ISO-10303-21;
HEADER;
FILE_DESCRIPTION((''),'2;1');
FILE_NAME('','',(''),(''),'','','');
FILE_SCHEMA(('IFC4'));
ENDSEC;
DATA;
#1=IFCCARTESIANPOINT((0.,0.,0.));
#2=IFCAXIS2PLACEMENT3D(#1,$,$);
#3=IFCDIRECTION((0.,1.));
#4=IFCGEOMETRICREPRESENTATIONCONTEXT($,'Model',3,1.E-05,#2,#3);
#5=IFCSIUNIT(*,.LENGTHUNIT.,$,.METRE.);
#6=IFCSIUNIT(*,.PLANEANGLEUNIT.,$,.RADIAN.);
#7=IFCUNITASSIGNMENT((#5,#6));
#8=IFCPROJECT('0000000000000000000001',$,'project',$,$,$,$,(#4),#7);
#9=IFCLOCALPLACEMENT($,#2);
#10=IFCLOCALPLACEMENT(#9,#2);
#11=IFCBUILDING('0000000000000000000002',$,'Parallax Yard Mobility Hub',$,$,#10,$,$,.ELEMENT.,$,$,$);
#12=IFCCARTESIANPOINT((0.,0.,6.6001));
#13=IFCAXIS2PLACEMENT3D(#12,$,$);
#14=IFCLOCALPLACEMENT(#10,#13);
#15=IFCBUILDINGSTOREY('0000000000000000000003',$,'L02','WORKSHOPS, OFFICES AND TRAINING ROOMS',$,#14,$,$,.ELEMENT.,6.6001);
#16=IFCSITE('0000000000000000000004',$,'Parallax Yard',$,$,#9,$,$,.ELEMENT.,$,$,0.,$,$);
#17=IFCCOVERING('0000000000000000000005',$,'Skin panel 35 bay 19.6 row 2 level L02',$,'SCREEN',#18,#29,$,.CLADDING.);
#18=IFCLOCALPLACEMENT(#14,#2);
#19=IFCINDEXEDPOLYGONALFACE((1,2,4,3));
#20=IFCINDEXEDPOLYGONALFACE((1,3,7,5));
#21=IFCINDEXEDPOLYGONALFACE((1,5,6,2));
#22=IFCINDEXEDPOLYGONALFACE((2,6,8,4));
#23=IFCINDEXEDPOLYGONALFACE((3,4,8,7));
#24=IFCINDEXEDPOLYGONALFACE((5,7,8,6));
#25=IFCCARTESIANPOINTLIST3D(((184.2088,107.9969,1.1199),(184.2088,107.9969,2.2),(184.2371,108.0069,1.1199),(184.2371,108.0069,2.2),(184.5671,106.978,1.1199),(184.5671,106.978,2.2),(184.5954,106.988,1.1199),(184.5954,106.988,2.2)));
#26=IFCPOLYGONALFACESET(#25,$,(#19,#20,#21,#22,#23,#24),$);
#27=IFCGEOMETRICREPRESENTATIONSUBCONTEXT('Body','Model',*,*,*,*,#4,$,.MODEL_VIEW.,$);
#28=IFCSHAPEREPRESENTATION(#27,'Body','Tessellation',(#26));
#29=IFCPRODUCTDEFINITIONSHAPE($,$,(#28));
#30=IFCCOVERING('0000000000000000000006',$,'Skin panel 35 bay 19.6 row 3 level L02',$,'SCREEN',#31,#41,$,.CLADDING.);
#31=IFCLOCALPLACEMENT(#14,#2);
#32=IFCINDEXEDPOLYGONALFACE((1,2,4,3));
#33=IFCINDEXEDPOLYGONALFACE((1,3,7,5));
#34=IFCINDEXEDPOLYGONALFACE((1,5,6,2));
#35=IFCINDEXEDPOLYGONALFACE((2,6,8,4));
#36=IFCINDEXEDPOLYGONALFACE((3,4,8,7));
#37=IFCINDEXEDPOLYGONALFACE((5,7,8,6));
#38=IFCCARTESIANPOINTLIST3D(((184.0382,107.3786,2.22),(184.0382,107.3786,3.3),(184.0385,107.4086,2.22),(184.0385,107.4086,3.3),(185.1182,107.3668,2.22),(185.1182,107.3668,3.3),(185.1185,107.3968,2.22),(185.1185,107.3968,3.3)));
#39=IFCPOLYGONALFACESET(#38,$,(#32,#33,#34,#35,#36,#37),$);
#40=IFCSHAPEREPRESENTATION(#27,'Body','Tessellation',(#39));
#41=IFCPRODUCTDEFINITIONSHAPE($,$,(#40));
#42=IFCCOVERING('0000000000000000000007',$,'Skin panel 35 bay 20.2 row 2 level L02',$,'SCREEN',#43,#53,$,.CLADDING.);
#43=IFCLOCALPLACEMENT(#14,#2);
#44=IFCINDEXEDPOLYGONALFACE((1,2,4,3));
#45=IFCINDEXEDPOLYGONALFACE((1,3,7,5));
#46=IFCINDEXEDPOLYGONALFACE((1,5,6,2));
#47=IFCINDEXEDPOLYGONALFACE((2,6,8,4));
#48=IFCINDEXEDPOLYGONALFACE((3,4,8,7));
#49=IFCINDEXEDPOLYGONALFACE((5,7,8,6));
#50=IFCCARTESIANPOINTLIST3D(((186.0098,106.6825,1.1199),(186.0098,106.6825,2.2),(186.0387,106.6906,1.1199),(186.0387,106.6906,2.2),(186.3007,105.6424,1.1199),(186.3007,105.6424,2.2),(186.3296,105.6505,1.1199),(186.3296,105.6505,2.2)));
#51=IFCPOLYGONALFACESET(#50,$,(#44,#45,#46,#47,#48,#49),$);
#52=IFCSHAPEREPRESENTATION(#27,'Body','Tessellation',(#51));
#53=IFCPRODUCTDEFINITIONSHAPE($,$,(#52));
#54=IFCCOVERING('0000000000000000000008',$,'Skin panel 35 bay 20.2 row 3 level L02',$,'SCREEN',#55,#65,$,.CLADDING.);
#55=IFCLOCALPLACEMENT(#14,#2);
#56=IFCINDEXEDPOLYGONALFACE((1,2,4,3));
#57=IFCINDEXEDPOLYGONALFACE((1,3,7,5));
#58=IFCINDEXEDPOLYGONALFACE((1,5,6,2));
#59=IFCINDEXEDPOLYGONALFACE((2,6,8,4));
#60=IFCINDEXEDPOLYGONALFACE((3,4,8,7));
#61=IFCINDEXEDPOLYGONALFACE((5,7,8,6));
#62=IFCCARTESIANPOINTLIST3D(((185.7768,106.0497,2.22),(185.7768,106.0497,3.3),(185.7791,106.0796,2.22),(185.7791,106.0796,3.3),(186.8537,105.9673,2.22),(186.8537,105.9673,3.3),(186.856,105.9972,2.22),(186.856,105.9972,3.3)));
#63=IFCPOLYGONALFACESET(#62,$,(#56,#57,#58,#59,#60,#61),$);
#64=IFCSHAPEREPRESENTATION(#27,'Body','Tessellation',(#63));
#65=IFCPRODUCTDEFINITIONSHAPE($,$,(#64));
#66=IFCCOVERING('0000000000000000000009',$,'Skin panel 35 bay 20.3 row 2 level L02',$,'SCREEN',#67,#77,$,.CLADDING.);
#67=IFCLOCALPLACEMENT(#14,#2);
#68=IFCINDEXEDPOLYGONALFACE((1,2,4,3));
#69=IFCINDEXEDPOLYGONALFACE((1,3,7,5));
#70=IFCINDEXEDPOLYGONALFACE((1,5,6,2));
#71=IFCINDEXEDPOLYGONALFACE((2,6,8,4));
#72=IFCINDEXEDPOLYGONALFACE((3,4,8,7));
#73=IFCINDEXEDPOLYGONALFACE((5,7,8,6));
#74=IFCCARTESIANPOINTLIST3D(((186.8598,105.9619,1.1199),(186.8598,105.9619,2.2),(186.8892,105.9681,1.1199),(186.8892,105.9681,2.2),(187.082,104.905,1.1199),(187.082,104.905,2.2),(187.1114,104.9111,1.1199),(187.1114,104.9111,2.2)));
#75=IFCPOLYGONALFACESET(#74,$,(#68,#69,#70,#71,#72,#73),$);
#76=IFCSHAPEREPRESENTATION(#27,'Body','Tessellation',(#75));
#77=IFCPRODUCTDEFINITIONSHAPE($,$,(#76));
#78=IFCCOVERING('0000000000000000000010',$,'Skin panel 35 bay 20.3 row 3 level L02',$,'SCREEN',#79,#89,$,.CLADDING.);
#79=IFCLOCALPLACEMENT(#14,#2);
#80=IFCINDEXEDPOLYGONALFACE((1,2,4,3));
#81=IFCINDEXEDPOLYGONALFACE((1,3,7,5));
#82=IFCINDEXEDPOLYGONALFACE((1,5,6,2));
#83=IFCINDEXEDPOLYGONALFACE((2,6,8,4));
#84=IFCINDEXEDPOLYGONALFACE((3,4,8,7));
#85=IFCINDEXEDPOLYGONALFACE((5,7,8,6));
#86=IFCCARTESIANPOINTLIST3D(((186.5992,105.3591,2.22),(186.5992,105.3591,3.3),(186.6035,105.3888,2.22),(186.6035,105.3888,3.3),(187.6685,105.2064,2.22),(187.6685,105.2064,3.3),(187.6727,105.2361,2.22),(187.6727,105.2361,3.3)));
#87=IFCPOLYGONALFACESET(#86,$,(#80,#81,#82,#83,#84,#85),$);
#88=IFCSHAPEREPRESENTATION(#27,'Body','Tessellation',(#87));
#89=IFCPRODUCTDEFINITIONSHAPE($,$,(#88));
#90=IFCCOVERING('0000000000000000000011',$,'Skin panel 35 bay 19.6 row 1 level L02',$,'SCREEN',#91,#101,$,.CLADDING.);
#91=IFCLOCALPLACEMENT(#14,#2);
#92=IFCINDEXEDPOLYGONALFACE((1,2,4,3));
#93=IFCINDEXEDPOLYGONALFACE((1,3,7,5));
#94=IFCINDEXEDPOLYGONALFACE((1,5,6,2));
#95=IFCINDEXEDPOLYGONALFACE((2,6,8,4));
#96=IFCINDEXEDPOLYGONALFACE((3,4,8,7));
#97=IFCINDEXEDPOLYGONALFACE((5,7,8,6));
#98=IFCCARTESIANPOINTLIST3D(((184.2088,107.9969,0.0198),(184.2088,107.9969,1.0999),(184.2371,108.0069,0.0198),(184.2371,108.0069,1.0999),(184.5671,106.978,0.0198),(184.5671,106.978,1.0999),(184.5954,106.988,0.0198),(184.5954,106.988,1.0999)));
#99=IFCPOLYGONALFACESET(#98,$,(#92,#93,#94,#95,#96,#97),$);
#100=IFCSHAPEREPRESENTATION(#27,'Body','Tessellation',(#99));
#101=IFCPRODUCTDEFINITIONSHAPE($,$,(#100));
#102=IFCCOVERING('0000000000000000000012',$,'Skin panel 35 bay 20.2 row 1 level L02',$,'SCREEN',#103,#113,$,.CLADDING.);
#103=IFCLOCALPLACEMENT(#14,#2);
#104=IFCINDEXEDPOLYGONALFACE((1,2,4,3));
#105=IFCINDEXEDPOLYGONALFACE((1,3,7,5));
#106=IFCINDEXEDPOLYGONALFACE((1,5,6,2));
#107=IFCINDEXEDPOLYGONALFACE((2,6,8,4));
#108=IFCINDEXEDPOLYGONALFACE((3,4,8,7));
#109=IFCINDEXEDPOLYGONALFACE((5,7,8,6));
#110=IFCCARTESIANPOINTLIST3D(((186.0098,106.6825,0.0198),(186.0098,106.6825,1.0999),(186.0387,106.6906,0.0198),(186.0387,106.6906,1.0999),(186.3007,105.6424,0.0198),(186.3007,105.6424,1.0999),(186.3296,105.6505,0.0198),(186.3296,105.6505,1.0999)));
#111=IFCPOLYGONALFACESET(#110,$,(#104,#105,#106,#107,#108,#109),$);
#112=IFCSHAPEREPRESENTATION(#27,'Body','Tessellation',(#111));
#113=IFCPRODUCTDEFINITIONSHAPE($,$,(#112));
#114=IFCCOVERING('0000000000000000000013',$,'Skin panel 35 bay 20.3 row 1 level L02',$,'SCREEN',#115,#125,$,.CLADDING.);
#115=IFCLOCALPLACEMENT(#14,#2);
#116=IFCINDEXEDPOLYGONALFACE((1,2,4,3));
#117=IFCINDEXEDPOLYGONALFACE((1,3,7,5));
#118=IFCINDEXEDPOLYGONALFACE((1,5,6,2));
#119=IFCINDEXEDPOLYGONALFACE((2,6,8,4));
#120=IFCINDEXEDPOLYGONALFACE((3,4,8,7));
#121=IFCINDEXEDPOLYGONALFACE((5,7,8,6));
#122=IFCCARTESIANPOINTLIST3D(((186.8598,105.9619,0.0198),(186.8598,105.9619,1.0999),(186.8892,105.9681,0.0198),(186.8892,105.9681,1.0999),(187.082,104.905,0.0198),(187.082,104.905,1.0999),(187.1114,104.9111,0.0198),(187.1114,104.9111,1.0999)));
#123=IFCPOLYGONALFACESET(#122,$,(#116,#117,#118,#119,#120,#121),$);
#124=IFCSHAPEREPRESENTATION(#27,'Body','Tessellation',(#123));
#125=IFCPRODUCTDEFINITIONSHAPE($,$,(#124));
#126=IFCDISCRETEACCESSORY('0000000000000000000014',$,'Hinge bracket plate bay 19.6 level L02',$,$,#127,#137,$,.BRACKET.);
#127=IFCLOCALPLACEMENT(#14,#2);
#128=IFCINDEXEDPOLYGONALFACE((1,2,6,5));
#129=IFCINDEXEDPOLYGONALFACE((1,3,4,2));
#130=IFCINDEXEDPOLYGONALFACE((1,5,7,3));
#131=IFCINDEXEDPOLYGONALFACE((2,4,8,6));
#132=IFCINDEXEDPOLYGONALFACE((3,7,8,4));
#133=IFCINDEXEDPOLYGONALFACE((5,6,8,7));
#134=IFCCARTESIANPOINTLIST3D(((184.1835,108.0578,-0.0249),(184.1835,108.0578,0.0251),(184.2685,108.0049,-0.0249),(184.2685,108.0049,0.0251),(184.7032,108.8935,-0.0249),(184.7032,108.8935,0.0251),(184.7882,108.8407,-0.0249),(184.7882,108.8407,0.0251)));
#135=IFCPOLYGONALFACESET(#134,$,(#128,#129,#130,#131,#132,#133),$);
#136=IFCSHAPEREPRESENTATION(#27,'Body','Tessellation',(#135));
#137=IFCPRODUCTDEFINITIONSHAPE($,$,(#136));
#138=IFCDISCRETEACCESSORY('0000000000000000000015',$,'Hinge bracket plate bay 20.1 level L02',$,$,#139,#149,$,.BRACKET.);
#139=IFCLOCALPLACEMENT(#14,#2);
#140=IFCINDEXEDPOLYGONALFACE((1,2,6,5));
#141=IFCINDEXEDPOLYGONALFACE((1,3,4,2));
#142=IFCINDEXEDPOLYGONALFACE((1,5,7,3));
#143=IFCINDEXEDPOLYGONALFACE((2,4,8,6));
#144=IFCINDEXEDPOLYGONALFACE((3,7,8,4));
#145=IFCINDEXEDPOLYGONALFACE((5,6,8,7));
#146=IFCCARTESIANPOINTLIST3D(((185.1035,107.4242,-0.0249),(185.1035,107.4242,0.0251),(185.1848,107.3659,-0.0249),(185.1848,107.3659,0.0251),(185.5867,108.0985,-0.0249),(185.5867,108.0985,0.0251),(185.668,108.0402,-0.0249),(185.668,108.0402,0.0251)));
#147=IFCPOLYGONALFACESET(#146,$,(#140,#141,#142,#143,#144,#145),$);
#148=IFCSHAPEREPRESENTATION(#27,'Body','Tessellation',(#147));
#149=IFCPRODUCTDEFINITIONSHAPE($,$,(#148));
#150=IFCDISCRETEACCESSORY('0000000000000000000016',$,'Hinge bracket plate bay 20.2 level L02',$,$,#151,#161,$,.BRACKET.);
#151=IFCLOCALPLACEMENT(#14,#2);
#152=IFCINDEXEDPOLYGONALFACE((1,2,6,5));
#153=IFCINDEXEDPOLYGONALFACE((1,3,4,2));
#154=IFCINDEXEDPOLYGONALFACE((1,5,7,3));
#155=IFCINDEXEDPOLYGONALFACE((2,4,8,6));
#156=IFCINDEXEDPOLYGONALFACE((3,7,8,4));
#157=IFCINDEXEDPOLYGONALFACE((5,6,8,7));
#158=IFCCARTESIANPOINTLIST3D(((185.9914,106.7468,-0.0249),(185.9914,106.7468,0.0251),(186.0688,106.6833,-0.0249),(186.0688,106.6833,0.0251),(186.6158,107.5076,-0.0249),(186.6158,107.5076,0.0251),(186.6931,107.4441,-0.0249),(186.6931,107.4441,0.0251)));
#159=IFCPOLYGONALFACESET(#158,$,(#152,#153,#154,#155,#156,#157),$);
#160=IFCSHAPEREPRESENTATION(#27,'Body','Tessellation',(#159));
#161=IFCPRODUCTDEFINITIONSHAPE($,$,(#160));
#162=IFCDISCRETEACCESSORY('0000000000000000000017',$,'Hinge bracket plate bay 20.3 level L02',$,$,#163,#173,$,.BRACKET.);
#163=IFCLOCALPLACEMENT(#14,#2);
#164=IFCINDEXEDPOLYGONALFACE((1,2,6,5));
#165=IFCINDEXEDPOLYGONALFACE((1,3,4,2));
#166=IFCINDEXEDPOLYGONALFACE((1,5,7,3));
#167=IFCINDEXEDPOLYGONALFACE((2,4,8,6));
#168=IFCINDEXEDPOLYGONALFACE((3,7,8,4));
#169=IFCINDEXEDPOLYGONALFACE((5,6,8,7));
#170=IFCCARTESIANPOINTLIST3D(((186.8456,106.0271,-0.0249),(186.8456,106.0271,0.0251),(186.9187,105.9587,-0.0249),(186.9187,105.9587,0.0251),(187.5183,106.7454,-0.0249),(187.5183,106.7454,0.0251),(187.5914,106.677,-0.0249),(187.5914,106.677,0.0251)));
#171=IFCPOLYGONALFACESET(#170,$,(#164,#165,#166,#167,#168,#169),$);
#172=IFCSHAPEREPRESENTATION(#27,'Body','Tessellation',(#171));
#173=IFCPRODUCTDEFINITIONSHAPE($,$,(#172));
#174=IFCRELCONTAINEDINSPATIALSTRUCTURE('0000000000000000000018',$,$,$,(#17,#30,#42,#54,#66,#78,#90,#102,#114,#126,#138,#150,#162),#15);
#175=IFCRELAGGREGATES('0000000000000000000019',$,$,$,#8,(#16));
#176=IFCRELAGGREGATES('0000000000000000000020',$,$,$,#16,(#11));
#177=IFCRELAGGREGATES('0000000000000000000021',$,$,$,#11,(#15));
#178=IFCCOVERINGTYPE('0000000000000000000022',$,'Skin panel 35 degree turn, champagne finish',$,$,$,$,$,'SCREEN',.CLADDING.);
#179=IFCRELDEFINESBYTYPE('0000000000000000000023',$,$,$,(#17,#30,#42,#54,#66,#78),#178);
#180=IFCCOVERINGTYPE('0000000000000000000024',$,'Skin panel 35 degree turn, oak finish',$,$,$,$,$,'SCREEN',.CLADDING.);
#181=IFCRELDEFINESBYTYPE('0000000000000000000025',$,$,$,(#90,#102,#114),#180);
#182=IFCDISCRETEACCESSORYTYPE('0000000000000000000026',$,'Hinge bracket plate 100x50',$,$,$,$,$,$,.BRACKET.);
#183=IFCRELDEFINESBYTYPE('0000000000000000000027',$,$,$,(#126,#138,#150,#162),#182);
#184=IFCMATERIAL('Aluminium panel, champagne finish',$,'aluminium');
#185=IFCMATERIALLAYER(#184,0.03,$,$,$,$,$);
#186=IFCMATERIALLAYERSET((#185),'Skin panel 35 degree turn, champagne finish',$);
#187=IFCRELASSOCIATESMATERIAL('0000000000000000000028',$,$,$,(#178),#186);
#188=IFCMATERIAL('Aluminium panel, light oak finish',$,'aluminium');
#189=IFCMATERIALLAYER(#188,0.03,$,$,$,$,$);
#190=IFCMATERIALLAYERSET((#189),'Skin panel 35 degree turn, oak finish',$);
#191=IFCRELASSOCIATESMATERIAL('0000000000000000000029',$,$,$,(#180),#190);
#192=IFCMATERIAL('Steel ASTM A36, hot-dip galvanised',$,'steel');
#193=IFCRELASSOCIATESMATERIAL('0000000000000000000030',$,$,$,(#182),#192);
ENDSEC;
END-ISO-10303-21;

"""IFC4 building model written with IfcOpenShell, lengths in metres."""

from ifc_helpers import new_model, si_unit, direction, frame, origin, origin_2d, place, context, subcontext, project, spatial, rectangle, extrude, material, layer, layer_set, type_object, element, save


model = new_model("IFC4")

# Units and contexts
model_context = context("Model", 3, precision=1e-05, world=origin(), true_north=direction((0.0, 1.0)))
body_context = subcontext(model_context, "Body", "Model", "MODEL_VIEW")
ifc_project = project(units=[si_unit("LENGTHUNIT", "METRE"), si_unit("PLANEANGLEUNIT", "RADIAN")], contexts=[model_context])

# Site, building, storey
site_placement = place(None, origin())
site = spatial("IfcSite", under=ifc_project, at=site_placement, Name="Parallax Yard", CompositionType="ELEMENT", RefElevation=0.0)
building_placement = place(site_placement, origin())
building = spatial("IfcBuilding", under=site, at=building_placement, Name="Parallax Yard Mobility Hub", CompositionType="ELEMENT")
storey_placement = place(building_placement, frame((0.0, 0.0, 6.6001)))
storey = spatial("IfcBuildingStorey", under=building, at=storey_placement, Name="L02", Description="WORKSHOPS, OFFICES AND TRAINING ROOMS", CompositionType="ELEMENT", Elevation=6.6001)

# Coverings
ifc_material_1 = material(Name="Aluminium panel, champagne finish", Category="aluminium")
ifc_material_2 = material(Name="Aluminium panel, light oak finish", Category="aluminium")
ifc_layer_1 = layer(ifc_material_1, 0.03)
ifc_layer_set_1 = layer_set([ifc_layer_1], Name="Skin panel 35 degree turn, champagne finish")
covering_type_1 = type_object("IfcCoveringType", Name="Skin panel 35 degree turn, champagne finish", ElementType="SCREEN", PredefinedType="CLADDING", material=ifc_layer_set_1)
for number, where, z_axis, x_axis, name in (
    (1, (184.4021, 107.4924, 1.1199), (0.0, 0.0, 1.0), (0.33175, -0.943368, 0.0), "Skin panel 35 bay 19.6 row 2 level L02"),
    (2, (184.5784, 107.3877, 2.22), (0.0, 0.0, 1.0), (-0.999941, 0.010908, 0.0), "Skin panel 35 bay 19.6 row 3 level L02"),
    (3, (186.1697, 106.1665, 1.1199), (0.0, 0.0, 1.0), (0.26934, -0.963045, 0.0), "Skin panel 35 bay 20.2 row 2 level L02"),
    (4, (186.3164, 106.0234, 2.22), (0.0, 0.0, 1.0), (-0.997086, 0.076284, 0.0), "Skin panel 35 bay 20.2 row 3 level L02"),
    (5, (186.9856, 105.4365, 1.1199), (0.0, 0.0, 1.0), (0.205777, -0.978599, 0.0), "Skin panel 35 bay 20.3 row 2 level L02"),
    (6, (187.136, 105.2976, 2.22), (0.0, 0.0, 1.0), (-0.989962, 0.141333, 0.0), "Skin panel 35 bay 20.3 row 3 level L02"),
):
    element("IfcCovering", number, at=place(storey_placement, frame(where, z_axis=z_axis, x_axis=x_axis)), inside=storey, type_object=covering_type_1, Name=name, ObjectType="SCREEN", PredefinedType="CLADDING", context=body_context, shape_type="SweptSolid", body=[
        extrude(rectangle(XDim=1.0801, YDim=0.03, at=origin_2d()), origin(), (0.0, 0.0, 1.0), 1.0801),
    ])
ifc_layer_2 = layer(ifc_material_2, 0.03)
ifc_layer_set_2 = layer_set([ifc_layer_2], Name="Skin panel 35 degree turn, oak finish")
covering_type_2 = type_object("IfcCoveringType", Name="Skin panel 35 degree turn, oak finish", ElementType="SCREEN", PredefinedType="CLADDING", material=ifc_layer_set_2)
for number, where, z_axis, x_axis, name in (
    (7, (184.4021, 107.4924, 0.0198), (0.0, 0.0, 1.0), (0.33175, -0.943368, 0.0), "Skin panel 35 bay 19.6 row 1 level L02"),
    (8, (186.1697, 106.1665, 0.0198), (0.0, 0.0, 1.0), (0.26934, -0.963045, 0.0), "Skin panel 35 bay 20.2 row 1 level L02"),
    (9, (186.9856, 105.4365, 0.0198), (0.0, 0.0, 1.0), (0.205777, -0.978599, 0.0), "Skin panel 35 bay 20.3 row 1 level L02"),
):
    element("IfcCovering", number, at=place(storey_placement, frame(where, z_axis=z_axis, x_axis=x_axis)), inside=storey, type_object=covering_type_2, Name=name, ObjectType="SCREEN", PredefinedType="CLADDING", context=body_context, shape_type="SweptSolid", body=[
        extrude(rectangle(XDim=1.0801, YDim=0.03, at=origin_2d()), origin(), (0.0, 0.0, 1.0), 1.0801),
    ])

# Discrete accessories
ifc_material_3 = material(Name="Steel ASTM A36, hot-dip galvanised", Category="steel")
discrete_accessory_type_1 = type_object("IfcDiscreteAccessoryType", Name="Hinge bracket plate 100x50", PredefinedType="BRACKET", material=ifc_material_3)
discrete_accessory_1_placement = place(storey_placement, frame((184.4858, 108.4492, -0.0249), z_axis=(0.0, 0.0, 1.0), x_axis=(-0.528068, -0.849202, 0.0)))
element("IfcDiscreteAccessory", 10, at=discrete_accessory_1_placement, inside=storey, type_object=discrete_accessory_type_1, Name="Hinge bracket plate bay 19.6 level L02", PredefinedType="BRACKET", context=body_context, shape_type="SweptSolid", body=[
    extrude(rectangle(XDim=0.9841, YDim=0.1001, at=origin_2d()), origin(), (0.0, 0.0, 1.0), 0.05),
])
discrete_accessory_2_placement = place(storey_placement, frame((185.3857, 107.7322, -0.0249), z_axis=(0.0, 0.0, 1.0), x_axis=(-0.582478, -0.812847, 0.0)))
element("IfcDiscreteAccessory", 11, at=discrete_accessory_2_placement, inside=storey, type_object=discrete_accessory_type_1, Name="Hinge bracket plate bay 20.1 level L02", PredefinedType="BRACKET", context=body_context, shape_type="SweptSolid", body=[
    extrude(rectangle(XDim=0.8296, YDim=0.1001, at=origin_2d()), origin(), (0.0, 0.0, 1.0), 0.05),
])
for number, where, z_axis, x_axis, name in (
    (12, (186.3423, 107.0955, -0.0249), (0.0, 0.0, 1.0), (-0.634393, -0.77301, 0.0), "Hinge bracket plate bay 20.2 level L02"),
    (13, (187.2185, 106.3521, -0.0249), (0.0, 0.0, 1.0), (-0.683592, -0.729864, 0.0), "Hinge bracket plate bay 20.3 level L02"),
):
    element("IfcDiscreteAccessory", number, at=place(storey_placement, frame(where, z_axis=z_axis, x_axis=x_axis)), inside=storey, type_object=discrete_accessory_type_1, Name=name, PredefinedType="BRACKET", context=body_context, shape_type="SweptSolid", body=[
        extrude(rectangle(XDim=0.9841, YDim=0.1001, at=origin_2d()), origin(), (0.0, 0.0, 1.0), 0.05),
    ])

save(model, "model.ifc")
